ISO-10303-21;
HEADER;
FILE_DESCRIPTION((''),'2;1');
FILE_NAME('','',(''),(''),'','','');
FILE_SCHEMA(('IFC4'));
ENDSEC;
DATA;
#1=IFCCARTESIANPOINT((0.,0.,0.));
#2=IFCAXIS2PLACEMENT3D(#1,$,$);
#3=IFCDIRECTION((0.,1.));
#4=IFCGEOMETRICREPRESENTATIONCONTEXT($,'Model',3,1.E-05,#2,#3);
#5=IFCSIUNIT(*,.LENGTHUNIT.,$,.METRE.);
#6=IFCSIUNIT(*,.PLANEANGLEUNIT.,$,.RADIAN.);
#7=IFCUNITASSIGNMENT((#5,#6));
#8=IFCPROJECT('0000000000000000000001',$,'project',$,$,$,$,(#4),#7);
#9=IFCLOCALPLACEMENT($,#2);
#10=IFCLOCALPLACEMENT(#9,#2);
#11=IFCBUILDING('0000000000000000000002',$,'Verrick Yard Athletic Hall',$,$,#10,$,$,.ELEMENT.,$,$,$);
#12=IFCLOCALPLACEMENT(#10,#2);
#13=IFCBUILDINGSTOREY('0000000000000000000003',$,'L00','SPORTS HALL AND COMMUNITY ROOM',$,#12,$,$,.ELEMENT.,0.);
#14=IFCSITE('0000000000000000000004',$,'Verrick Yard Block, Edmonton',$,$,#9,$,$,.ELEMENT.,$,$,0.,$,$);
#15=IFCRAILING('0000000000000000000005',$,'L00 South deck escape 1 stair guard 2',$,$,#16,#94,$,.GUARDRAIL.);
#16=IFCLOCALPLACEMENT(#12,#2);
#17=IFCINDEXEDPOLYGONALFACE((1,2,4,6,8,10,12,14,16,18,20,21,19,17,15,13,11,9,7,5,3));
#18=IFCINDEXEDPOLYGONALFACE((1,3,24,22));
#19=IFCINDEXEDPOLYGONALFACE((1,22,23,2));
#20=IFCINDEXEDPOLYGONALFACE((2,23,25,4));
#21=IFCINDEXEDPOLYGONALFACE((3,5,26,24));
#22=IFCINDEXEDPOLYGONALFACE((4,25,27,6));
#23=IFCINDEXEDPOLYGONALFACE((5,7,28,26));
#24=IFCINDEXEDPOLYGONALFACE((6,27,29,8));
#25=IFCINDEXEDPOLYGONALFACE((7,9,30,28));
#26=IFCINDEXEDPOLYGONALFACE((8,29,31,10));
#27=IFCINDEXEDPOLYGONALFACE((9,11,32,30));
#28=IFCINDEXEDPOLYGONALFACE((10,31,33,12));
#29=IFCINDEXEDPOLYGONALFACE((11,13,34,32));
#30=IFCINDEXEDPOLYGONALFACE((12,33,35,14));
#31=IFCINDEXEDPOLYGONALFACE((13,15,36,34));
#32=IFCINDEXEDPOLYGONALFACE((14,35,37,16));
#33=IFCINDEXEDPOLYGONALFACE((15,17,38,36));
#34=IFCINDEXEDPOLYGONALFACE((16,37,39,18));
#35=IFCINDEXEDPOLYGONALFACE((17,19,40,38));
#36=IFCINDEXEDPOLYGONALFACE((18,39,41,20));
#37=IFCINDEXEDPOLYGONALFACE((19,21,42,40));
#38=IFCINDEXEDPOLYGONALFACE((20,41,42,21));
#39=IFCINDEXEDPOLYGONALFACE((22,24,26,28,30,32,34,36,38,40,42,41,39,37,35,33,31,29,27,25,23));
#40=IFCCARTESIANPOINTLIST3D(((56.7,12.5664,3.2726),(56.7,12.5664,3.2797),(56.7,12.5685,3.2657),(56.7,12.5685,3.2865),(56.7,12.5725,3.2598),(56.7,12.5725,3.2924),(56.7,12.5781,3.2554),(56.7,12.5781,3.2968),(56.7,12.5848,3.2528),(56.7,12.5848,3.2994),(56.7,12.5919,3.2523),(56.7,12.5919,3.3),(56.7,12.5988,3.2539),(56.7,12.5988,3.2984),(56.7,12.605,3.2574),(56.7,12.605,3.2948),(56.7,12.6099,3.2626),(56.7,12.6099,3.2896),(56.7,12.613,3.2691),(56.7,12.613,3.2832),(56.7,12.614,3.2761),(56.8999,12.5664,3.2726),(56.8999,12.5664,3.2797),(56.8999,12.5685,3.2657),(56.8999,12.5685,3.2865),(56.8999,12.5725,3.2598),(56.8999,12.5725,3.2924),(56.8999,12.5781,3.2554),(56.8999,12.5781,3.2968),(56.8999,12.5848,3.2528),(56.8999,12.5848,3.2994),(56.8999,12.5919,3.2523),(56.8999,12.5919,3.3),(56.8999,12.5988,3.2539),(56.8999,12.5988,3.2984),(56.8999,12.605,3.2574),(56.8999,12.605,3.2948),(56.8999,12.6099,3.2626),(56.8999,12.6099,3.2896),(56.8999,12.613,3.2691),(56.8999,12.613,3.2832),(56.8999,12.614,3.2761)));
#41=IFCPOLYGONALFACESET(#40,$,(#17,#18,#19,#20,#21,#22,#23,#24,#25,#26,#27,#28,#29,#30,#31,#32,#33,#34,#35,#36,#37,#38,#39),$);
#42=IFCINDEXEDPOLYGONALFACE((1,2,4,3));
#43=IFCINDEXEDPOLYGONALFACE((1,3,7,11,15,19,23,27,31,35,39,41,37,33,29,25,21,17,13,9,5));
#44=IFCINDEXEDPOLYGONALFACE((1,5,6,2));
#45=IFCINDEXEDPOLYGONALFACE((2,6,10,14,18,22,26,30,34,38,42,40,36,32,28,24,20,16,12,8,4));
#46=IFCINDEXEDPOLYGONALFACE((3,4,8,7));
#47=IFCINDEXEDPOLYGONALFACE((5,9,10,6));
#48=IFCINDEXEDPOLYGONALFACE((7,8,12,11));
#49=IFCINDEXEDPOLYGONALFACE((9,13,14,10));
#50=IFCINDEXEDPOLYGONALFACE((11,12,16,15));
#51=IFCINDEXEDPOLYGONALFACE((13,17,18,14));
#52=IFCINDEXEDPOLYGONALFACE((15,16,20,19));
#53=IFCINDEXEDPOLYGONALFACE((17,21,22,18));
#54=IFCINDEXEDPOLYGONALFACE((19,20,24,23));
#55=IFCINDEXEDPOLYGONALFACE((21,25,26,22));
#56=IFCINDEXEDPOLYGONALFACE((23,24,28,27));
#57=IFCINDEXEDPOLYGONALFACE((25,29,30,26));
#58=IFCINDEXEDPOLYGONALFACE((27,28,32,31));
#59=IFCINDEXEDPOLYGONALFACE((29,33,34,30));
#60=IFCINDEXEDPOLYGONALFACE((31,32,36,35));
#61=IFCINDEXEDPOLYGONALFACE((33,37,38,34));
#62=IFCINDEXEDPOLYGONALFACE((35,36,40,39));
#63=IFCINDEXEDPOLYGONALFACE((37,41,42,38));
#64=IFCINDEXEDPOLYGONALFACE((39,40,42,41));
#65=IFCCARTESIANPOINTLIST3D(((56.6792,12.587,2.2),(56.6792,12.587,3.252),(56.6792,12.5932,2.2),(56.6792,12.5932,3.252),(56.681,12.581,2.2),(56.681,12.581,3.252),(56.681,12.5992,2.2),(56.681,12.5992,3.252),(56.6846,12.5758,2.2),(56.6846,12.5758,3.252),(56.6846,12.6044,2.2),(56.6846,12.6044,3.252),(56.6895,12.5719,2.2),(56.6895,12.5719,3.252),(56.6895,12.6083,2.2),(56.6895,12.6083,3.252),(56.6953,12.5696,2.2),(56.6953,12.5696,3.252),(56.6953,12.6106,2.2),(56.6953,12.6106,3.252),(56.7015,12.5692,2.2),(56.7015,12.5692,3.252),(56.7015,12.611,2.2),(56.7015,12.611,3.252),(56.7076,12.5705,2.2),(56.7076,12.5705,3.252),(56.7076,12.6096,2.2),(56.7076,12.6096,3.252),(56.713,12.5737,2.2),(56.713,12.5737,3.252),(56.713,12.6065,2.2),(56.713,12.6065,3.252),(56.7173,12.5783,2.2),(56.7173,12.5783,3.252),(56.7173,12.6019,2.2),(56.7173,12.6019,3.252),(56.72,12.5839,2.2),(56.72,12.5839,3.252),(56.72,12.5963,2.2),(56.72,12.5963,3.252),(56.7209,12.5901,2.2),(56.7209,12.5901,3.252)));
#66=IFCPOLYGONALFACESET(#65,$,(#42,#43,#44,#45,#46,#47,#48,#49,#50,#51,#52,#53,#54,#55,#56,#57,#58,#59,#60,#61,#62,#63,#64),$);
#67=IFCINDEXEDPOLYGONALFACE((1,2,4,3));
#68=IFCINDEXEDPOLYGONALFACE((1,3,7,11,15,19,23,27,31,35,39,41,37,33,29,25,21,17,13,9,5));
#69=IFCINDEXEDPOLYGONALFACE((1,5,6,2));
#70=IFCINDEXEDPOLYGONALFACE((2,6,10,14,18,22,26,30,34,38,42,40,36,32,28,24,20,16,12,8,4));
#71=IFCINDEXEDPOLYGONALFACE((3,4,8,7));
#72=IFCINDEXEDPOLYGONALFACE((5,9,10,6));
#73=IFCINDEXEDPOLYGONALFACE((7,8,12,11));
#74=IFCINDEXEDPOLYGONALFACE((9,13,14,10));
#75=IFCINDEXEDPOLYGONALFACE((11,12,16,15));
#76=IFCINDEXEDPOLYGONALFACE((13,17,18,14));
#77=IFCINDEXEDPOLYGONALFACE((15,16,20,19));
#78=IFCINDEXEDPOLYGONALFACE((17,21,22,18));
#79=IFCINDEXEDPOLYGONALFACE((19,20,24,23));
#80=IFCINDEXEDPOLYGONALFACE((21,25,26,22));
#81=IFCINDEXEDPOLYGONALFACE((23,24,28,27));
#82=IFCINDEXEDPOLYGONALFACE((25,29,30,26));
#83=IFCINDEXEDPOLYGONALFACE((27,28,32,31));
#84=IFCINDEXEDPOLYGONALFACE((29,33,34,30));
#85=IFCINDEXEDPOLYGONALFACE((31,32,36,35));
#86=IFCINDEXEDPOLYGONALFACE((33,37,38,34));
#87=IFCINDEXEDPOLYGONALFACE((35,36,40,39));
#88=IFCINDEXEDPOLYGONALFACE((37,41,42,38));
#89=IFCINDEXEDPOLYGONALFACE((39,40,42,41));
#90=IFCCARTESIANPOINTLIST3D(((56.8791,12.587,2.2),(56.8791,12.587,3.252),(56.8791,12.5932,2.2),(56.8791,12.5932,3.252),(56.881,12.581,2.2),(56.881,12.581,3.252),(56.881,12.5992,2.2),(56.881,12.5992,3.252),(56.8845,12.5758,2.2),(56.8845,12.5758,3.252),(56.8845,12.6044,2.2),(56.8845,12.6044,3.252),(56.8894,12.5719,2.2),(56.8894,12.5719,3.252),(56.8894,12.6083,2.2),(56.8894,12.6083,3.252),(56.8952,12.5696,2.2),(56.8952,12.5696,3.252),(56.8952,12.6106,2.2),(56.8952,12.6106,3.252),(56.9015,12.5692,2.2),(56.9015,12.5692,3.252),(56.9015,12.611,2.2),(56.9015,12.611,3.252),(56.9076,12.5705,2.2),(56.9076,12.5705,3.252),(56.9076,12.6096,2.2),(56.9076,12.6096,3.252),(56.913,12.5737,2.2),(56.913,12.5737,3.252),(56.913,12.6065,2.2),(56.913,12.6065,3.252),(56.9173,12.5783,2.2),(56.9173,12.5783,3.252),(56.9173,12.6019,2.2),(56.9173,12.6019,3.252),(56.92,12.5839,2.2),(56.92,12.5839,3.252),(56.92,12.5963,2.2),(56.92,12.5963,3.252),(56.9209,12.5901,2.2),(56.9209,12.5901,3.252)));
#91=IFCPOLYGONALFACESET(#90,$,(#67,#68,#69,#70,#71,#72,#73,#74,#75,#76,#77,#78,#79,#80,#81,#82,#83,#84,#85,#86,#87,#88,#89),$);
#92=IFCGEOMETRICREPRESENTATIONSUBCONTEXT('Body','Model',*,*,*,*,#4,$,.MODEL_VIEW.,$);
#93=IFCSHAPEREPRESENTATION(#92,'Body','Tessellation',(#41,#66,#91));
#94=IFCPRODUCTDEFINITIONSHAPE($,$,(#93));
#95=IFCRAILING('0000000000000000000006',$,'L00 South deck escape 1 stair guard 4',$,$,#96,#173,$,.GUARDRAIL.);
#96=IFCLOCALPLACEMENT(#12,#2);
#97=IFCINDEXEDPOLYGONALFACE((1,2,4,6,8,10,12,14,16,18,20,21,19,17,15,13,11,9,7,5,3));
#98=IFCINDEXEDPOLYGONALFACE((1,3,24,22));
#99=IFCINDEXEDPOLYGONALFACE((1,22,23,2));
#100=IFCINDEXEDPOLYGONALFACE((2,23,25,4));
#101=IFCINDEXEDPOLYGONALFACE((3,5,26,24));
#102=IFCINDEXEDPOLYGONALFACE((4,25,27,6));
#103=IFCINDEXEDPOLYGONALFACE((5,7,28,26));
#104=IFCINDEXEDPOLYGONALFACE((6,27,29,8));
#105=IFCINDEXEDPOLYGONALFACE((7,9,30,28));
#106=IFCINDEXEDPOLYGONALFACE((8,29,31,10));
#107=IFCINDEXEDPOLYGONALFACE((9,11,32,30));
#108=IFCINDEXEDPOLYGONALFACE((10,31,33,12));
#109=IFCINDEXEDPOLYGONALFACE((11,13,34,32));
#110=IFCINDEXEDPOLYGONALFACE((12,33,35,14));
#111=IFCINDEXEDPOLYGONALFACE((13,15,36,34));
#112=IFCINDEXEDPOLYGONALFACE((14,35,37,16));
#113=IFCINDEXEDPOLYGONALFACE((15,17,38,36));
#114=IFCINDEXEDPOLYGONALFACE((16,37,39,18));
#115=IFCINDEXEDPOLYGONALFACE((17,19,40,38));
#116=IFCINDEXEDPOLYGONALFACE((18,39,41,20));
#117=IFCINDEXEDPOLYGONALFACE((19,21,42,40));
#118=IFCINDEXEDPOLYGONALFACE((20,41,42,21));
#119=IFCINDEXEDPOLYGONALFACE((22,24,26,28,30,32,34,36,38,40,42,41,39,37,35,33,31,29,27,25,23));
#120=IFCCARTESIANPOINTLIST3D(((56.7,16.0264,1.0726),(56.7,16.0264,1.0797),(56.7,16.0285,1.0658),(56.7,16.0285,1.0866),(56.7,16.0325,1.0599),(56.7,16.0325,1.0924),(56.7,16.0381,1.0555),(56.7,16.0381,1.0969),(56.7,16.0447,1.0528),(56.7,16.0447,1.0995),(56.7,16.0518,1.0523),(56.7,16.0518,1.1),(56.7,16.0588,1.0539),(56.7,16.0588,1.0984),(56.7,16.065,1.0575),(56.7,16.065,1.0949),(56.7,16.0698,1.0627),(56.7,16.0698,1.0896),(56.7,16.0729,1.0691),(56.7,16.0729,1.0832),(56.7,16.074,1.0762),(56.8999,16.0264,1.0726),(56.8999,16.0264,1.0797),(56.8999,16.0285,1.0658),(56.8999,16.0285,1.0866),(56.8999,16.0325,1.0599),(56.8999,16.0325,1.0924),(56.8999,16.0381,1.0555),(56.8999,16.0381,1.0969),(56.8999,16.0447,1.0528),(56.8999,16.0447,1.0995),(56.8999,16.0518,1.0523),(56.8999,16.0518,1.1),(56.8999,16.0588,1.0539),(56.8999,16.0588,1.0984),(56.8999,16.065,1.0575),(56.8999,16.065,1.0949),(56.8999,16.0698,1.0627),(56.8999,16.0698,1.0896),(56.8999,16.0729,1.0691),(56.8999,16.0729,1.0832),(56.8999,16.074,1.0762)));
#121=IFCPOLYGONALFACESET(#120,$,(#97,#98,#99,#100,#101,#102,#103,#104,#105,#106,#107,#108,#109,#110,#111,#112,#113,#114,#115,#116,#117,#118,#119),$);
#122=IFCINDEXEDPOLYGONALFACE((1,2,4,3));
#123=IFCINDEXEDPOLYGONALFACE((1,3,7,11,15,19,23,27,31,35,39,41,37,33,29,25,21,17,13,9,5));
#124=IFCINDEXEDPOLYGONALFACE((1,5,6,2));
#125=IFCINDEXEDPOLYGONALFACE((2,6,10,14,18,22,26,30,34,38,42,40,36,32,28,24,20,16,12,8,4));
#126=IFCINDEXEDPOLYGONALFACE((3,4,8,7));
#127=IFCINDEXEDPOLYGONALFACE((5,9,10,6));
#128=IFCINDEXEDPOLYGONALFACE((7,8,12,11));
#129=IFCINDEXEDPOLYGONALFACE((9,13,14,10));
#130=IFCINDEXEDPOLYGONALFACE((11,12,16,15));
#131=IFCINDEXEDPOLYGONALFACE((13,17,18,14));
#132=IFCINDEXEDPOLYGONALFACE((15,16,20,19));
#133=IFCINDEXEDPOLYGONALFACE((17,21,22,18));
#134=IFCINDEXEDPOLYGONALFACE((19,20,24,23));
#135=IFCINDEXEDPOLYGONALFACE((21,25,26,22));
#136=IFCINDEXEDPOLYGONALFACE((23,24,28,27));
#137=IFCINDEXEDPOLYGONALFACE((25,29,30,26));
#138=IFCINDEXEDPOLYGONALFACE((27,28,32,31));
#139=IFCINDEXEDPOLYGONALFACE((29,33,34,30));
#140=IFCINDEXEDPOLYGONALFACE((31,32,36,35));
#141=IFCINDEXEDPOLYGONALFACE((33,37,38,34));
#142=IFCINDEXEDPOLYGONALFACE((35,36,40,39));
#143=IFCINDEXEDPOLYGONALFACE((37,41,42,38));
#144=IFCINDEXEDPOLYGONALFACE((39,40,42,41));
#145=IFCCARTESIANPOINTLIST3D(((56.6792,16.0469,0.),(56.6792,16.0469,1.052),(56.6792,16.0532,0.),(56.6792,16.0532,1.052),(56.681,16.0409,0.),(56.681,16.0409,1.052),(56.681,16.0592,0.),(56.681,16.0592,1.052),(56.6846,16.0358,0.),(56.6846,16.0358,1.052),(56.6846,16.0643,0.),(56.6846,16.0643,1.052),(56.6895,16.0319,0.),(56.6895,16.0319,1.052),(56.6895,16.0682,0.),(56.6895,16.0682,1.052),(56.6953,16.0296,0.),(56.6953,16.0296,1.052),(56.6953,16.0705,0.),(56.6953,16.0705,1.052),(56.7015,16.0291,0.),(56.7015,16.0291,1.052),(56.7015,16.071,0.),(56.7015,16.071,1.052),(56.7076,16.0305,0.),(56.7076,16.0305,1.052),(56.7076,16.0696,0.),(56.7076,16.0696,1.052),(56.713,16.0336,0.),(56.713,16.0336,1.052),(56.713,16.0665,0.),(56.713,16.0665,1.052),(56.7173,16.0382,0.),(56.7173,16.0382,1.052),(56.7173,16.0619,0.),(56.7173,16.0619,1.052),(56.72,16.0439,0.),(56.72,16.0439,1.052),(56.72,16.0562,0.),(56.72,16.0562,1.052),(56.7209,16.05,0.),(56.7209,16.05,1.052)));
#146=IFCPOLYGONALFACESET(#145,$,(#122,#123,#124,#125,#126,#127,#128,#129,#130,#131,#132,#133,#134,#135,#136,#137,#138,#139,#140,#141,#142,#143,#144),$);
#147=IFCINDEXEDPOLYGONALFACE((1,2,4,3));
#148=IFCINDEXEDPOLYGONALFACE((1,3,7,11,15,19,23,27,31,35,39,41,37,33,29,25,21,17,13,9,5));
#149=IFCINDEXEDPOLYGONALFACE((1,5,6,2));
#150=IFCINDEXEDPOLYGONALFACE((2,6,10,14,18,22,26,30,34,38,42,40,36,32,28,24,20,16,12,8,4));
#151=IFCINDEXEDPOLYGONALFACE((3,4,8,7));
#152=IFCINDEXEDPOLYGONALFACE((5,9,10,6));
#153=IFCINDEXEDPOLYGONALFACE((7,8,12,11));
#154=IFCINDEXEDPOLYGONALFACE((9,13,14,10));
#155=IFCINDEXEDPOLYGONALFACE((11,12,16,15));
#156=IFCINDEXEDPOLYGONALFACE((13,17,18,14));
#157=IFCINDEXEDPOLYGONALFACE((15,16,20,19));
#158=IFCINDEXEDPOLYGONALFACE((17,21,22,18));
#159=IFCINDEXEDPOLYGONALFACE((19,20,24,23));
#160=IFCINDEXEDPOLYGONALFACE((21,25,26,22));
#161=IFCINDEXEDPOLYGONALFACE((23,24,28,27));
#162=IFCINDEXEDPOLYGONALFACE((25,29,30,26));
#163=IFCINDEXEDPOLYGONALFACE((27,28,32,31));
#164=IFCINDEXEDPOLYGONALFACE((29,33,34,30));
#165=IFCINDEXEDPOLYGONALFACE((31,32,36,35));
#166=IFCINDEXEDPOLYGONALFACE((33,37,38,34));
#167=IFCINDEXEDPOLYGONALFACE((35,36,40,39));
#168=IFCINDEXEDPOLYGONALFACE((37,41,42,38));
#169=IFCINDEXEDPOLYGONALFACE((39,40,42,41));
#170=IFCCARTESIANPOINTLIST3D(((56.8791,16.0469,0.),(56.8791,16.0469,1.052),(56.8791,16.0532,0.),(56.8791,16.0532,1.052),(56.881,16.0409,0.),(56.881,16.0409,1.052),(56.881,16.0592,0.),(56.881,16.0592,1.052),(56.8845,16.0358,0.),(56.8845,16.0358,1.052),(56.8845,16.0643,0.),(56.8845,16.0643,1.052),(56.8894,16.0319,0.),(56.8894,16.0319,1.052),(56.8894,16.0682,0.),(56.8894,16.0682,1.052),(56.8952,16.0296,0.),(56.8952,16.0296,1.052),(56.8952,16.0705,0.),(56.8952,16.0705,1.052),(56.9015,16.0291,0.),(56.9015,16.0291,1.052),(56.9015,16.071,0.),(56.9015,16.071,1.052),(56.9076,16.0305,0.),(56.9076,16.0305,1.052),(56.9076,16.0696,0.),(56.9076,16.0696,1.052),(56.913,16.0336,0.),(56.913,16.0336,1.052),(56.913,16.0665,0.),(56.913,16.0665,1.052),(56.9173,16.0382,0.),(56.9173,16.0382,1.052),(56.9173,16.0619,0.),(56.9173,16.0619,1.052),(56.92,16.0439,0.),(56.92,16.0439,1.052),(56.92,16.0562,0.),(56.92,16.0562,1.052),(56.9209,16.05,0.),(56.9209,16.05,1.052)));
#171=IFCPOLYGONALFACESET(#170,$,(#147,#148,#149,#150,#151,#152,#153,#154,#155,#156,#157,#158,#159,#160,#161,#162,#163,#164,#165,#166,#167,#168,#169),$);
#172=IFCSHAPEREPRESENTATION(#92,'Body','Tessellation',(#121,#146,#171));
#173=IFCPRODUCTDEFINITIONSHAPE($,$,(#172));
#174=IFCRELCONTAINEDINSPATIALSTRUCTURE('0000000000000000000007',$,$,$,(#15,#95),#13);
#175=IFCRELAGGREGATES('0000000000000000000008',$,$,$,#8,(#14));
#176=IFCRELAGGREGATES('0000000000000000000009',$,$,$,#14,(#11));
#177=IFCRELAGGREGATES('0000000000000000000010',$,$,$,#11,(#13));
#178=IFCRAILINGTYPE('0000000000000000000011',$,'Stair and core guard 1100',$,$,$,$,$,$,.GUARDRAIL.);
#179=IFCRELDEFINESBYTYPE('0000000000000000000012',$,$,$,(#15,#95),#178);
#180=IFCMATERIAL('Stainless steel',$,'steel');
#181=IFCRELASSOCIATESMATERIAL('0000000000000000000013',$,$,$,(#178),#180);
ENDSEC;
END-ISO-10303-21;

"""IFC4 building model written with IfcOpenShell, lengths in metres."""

from ifc_helpers import new_model, si_unit, direction, frame, origin, origin_2d, place, context, subcontext, project, spatial, circle, extrude, material, type_object, element, save


model = new_model("IFC4")

# Units and contexts
model_context = context("Model", 3, precision=1e-05, world=origin(), true_north=direction((0.0, 1.0)))
body_context = subcontext(model_context, "Body", "Model", "MODEL_VIEW")
ifc_project = project(units=[si_unit("LENGTHUNIT", "METRE"), si_unit("PLANEANGLEUNIT", "RADIAN")], contexts=[model_context])

# Site, building, storey
site_placement = place(None, origin())
site = spatial("IfcSite", under=ifc_project, at=site_placement, Name="Verrick Yard Block, Edmonton", CompositionType="ELEMENT", RefElevation=0.0)
building_placement = place(site_placement, origin())
building = spatial("IfcBuilding", under=site, at=building_placement, Name="Verrick Yard Athletic Hall", CompositionType="ELEMENT")
storey_placement = place(building_placement, origin())
storey = spatial("IfcBuildingStorey", under=building, at=storey_placement, Name="L00", Description="SPORTS HALL AND COMMUNITY ROOM", CompositionType="ELEMENT", Elevation=0.0)

# Railings
ifc_material_1 = material(Name="Stainless steel", Category="steel")
railing_type_1 = type_object("IfcRailingType", Name="Stair and core guard 1100", PredefinedType="GUARDRAIL", material=ifc_material_1)
for number, where, name in (
    (1, (56.7, 12.5901, 2.2), "L00 South deck escape 1 stair guard 2"),
    (2, (56.7, 16.05, 0.0), "L00 South deck escape 1 stair guard 4"),
):
    element("IfcRailing", number, at=place(storey_placement, frame(where)), inside=storey, type_object=railing_type_1, Name=name, PredefinedType="GUARDRAIL", context=body_context, shape_type="SweptSolid", body=[
        extrude(circle(Radius=0.0239, at=origin_2d()), frame((0.0, 0.0, 1.0762), z_axis=(1.0, 0.0, 0.0), x_axis=(0.0, 1.0, 0.0)), (0.0, 0.0, 1.0), 0.2),
        extrude(circle(Radius=0.021, at=origin_2d()), origin(), (0.0, 0.0, 1.0), 1.052),
        extrude(circle(Radius=0.021, at=origin_2d()), frame((0.2, 0.0, 0.0)), (0.0, 0.0, 1.0), 1.052),
    ])

save(model, "model.ifc")
